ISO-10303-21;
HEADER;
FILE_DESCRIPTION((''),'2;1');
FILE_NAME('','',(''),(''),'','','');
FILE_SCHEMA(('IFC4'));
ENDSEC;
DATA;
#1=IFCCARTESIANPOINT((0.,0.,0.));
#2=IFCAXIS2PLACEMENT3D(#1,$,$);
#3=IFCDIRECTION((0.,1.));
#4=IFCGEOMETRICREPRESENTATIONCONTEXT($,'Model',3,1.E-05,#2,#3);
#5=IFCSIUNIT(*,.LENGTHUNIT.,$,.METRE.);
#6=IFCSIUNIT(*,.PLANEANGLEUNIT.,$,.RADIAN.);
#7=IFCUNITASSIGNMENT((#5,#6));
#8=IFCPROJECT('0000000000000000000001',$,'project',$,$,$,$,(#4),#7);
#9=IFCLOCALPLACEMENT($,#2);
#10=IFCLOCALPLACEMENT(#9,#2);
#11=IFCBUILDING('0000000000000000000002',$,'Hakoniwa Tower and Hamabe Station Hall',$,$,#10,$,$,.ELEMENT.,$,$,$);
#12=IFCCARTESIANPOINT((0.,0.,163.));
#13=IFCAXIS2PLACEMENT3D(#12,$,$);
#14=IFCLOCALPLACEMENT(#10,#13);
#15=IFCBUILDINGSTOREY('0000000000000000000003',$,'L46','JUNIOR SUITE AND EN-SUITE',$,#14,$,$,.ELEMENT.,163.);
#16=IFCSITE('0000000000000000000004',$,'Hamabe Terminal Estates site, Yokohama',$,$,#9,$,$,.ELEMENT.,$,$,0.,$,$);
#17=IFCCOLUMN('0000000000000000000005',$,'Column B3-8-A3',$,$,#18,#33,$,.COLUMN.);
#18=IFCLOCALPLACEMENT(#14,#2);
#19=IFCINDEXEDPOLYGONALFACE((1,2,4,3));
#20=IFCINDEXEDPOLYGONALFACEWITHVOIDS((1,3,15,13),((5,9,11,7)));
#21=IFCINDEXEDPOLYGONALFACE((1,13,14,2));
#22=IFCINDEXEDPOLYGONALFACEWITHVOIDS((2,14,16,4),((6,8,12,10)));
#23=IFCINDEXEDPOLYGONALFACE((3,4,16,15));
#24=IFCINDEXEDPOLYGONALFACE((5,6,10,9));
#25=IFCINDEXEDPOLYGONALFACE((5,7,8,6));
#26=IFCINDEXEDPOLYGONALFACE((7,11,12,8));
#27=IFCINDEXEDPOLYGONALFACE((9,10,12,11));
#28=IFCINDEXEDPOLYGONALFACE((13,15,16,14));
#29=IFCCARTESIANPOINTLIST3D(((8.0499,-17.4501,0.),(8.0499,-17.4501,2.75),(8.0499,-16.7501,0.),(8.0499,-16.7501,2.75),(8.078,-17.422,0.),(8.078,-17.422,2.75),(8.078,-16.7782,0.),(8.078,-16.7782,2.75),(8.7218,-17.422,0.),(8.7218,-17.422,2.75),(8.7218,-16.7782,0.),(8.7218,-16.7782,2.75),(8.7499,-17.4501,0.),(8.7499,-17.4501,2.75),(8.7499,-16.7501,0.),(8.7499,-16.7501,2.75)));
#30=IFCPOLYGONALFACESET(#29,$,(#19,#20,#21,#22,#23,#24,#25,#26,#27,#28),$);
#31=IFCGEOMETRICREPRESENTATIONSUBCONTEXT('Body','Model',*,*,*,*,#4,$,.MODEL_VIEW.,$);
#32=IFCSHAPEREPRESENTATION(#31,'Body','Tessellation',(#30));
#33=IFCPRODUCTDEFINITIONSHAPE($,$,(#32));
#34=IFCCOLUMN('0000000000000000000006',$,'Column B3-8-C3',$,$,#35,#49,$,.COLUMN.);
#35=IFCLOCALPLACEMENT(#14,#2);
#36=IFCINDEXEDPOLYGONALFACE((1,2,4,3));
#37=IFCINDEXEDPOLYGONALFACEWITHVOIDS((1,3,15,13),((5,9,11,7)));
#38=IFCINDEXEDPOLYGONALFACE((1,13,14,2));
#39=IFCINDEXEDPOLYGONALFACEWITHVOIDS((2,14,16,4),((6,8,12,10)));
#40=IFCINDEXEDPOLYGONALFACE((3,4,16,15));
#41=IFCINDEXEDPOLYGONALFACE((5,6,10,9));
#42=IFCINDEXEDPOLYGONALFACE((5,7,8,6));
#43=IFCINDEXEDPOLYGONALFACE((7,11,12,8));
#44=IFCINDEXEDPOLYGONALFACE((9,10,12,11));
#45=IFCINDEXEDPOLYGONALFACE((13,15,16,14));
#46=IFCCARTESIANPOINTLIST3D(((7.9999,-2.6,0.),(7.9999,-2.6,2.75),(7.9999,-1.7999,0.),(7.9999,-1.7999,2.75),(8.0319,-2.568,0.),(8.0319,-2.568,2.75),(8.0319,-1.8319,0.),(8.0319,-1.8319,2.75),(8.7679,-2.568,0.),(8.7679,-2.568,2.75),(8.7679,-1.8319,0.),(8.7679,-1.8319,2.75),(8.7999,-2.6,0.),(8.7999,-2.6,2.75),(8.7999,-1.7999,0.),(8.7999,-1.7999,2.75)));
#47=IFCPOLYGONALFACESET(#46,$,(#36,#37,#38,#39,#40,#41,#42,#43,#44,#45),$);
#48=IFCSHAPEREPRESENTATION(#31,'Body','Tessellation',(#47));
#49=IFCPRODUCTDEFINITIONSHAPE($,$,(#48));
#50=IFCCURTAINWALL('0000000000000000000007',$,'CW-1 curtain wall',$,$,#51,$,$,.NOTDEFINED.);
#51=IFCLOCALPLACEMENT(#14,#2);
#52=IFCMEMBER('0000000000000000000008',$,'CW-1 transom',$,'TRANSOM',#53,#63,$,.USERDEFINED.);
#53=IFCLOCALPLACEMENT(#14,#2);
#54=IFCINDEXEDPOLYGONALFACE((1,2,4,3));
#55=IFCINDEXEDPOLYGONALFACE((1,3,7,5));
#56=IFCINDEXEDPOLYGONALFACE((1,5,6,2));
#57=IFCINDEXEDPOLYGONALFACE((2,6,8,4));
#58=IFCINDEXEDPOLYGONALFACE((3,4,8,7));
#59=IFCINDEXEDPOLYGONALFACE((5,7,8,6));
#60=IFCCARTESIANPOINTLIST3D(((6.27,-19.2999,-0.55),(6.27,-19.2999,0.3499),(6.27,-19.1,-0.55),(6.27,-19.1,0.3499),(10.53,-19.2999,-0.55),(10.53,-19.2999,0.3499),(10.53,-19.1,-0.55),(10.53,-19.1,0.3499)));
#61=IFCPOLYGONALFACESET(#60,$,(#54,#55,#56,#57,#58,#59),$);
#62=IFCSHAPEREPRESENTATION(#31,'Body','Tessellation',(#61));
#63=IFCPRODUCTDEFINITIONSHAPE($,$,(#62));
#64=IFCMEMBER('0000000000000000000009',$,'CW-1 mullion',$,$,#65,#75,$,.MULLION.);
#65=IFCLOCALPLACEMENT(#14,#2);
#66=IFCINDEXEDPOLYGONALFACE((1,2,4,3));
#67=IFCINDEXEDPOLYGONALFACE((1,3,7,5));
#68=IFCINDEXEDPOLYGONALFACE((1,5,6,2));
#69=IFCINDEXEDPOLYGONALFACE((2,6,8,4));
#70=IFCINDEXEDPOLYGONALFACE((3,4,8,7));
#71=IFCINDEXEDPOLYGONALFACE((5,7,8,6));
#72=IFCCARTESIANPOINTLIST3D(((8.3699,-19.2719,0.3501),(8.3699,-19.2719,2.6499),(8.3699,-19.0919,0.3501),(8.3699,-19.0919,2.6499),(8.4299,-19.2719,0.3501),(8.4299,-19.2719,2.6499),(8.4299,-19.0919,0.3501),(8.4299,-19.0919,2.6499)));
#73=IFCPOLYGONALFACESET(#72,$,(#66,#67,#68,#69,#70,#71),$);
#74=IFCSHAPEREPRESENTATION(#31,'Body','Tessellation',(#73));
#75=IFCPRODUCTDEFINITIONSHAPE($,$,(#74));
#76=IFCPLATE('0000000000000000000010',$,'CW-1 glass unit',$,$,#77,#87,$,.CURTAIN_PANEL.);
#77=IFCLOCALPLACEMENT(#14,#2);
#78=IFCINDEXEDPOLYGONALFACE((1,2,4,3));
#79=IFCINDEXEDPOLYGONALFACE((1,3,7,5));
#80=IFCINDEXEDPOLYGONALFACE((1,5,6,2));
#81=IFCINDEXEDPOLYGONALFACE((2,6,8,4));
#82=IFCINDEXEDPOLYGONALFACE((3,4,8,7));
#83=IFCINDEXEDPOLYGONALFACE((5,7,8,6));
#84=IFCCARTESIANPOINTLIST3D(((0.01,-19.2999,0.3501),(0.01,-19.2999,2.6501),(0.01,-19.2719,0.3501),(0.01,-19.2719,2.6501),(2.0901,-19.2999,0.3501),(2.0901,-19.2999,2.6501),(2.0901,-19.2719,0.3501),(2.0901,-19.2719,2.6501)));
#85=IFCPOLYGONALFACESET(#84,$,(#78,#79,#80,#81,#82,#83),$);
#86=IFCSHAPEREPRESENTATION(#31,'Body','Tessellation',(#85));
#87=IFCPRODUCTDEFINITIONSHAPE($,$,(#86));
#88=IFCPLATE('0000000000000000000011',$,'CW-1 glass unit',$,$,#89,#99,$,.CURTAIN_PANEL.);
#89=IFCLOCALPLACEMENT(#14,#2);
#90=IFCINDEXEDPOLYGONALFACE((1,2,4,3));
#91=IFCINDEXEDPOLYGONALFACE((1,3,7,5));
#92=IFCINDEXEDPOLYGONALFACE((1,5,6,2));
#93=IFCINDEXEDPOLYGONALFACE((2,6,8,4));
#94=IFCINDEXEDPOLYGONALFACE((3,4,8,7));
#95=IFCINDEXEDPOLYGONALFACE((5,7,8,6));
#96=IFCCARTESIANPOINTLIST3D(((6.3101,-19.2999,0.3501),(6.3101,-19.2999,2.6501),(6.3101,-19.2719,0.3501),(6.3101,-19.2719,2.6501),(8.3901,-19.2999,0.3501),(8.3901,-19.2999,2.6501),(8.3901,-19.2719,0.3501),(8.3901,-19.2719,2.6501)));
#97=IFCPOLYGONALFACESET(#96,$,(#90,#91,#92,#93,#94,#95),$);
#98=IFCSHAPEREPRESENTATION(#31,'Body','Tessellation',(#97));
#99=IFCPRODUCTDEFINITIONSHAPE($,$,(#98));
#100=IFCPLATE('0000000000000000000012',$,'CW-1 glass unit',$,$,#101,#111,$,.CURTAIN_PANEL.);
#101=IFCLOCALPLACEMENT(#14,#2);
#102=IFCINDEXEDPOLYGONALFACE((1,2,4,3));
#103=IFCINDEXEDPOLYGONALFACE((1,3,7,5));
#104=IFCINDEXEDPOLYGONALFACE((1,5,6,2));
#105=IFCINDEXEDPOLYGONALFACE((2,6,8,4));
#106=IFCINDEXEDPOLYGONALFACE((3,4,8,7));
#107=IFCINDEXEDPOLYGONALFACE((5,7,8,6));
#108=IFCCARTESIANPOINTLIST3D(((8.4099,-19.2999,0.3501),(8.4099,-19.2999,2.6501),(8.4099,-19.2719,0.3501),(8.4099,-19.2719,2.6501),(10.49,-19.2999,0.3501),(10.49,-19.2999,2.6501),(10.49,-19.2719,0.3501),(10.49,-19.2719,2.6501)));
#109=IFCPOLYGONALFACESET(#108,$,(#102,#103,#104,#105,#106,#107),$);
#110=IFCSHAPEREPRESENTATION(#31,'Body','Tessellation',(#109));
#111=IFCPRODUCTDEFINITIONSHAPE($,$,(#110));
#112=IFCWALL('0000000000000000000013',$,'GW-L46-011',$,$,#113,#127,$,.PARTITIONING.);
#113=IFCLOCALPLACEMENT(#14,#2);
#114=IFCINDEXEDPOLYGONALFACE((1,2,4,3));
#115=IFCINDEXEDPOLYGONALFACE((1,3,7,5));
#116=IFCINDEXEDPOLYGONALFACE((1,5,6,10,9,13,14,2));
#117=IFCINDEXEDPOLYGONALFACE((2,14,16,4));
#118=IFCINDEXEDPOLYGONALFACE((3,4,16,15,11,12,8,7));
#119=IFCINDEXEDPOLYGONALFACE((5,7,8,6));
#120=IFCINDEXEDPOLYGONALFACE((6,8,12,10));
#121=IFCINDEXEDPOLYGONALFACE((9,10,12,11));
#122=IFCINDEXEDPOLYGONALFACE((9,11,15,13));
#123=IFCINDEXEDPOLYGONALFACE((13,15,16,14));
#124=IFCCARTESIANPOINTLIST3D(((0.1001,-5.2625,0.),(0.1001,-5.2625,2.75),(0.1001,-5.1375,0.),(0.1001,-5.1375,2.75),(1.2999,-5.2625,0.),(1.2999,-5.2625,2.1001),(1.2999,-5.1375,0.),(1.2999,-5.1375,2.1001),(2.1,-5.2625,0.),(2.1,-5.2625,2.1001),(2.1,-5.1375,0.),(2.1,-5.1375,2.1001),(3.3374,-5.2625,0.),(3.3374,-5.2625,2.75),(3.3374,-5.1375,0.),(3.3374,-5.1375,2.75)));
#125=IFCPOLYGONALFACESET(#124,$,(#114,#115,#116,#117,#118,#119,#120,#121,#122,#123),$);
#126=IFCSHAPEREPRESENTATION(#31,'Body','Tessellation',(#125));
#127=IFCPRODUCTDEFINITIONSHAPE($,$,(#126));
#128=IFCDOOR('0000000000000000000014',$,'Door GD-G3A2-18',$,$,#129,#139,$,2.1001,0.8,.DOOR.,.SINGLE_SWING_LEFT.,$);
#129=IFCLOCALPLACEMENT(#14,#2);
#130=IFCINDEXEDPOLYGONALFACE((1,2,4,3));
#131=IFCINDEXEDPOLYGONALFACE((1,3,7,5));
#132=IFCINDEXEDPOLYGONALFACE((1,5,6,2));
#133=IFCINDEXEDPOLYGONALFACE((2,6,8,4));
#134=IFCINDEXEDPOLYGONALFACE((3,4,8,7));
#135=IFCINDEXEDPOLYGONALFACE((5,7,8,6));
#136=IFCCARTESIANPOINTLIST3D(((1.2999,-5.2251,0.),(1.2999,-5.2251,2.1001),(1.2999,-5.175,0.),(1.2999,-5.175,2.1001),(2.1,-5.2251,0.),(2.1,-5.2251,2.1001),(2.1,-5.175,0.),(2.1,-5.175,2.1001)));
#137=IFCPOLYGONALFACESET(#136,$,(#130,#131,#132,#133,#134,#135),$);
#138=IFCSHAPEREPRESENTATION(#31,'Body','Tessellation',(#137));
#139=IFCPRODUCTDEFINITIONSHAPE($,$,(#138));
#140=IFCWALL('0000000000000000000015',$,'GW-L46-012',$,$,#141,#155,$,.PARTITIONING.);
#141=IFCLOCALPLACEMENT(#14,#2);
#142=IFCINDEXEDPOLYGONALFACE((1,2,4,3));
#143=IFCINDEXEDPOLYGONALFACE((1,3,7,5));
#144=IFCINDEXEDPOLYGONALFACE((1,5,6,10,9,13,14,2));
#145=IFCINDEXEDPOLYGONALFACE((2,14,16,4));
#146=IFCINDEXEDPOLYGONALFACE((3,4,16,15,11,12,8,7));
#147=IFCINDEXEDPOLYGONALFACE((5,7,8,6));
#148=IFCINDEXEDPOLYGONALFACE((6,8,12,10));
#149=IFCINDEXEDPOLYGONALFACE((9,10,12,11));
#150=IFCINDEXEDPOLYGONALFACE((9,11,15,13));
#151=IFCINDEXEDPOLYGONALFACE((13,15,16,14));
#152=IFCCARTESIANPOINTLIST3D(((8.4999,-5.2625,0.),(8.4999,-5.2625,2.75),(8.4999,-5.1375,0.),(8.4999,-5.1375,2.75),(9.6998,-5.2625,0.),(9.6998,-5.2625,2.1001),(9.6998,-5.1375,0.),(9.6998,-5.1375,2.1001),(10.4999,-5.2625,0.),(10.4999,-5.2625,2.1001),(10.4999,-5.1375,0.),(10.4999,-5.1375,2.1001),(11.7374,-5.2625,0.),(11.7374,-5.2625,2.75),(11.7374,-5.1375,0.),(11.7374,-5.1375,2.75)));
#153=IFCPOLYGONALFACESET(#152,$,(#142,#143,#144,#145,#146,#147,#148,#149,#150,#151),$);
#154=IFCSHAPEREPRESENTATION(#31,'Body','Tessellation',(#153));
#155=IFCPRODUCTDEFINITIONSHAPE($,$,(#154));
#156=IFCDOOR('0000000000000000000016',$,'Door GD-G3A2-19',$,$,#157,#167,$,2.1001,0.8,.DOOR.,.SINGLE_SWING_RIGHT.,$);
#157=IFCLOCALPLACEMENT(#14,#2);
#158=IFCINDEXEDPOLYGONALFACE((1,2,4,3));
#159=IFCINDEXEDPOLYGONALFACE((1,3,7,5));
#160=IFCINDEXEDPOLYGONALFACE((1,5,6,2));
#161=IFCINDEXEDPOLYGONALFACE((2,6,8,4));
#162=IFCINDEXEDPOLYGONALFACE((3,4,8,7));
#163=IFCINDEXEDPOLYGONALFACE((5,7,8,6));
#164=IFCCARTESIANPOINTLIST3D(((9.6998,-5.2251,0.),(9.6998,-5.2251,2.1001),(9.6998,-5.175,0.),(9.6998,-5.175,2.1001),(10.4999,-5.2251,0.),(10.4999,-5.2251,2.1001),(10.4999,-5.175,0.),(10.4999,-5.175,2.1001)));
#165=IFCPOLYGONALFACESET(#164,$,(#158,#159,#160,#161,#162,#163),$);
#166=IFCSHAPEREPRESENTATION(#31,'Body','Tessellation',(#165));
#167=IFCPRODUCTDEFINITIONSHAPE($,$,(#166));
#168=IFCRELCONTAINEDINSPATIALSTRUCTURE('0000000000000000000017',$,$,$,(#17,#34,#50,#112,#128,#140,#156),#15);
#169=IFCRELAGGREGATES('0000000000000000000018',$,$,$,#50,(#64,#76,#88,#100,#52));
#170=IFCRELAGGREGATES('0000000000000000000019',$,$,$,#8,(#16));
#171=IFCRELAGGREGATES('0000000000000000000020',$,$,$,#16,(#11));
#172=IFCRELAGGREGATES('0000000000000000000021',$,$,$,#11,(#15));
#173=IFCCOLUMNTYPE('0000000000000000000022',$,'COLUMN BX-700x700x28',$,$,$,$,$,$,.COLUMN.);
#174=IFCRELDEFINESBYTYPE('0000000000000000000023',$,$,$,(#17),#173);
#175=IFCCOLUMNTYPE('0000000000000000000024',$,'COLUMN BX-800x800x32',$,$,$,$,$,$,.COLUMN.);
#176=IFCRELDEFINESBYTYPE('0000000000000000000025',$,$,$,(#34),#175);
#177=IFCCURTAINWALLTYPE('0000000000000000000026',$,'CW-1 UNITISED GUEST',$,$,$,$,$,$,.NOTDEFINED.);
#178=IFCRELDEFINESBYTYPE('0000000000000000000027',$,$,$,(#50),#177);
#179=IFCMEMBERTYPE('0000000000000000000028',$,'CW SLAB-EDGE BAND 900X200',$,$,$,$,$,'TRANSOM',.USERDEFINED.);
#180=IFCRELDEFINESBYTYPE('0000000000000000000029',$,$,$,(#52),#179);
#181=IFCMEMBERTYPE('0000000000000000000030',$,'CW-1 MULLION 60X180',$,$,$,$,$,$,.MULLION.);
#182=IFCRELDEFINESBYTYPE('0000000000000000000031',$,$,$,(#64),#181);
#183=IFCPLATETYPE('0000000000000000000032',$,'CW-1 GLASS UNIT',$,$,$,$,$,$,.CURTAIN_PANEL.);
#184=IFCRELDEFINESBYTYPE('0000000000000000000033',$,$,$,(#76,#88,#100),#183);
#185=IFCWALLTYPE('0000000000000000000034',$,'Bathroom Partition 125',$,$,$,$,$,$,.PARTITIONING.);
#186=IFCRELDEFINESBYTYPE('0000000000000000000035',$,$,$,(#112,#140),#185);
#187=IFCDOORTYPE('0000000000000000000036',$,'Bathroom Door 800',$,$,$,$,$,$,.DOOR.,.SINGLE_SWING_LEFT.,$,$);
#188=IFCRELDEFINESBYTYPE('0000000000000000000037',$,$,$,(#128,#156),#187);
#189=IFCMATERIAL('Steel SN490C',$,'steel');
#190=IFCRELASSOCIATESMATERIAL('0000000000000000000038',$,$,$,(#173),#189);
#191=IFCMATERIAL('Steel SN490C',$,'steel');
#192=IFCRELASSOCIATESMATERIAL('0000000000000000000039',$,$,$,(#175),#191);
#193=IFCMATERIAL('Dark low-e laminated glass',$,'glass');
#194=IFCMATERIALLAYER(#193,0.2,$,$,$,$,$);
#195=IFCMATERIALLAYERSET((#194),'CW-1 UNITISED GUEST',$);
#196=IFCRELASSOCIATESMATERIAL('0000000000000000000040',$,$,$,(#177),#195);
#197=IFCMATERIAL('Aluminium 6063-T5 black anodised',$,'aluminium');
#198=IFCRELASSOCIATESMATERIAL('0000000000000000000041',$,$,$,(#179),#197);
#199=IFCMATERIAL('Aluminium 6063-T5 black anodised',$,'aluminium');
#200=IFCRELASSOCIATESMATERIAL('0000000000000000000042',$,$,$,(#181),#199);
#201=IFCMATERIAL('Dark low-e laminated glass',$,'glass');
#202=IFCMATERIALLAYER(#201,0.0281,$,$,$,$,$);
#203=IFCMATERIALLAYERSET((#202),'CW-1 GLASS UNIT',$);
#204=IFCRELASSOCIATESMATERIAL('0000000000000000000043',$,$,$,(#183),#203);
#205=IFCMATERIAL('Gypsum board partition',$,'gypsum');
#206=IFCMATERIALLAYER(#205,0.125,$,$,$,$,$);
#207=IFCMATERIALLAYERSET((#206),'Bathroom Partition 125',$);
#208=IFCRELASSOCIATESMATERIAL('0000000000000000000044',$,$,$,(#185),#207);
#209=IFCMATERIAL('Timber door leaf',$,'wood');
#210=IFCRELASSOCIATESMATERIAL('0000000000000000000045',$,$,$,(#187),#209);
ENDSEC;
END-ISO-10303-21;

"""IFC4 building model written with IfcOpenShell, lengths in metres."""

from ifc_helpers import new_model, si_unit, direction, frame, frame_2d, origin, origin_2d, place, context, subcontext, project, spatial, rectangle, hollow_rectangle, extrude, material, layer, layer_set, material_profile, profile_set, type_object, element, fill, aggregate, save


model = new_model("IFC4")

# Units and contexts
model_context = context("Model", 3, precision=1e-05, world=origin(), true_north=direction((0.0, 1.0)))
body_context = subcontext(model_context, "Body", "Model", "MODEL_VIEW")
ifc_project = project(units=[si_unit("LENGTHUNIT", "METRE"), si_unit("PLANEANGLEUNIT", "RADIAN")], contexts=[model_context])

# Site, building, storey
site_placement = place(None, origin())
site = spatial("IfcSite", under=ifc_project, at=site_placement, Name="Hamabe Terminal Estates site, Yokohama", CompositionType="ELEMENT", RefElevation=0.0)
building_placement = place(site_placement, origin())
building = spatial("IfcBuilding", under=site, at=building_placement, Name="Hakoniwa Tower and Hamabe Station Hall", CompositionType="ELEMENT")
storey_placement = place(building_placement, frame((0.0, 0.0, 163.0)))
storey = spatial("IfcBuildingStorey", under=building, at=storey_placement, Name="L46", Description="JUNIOR SUITE AND EN-SUITE", CompositionType="ELEMENT", Elevation=163.0)

# Columns
ifc_material_1 = material(Name="Steel SN490C", Category="steel")
ifc_material_profile_1 = material_profile(ifc_material_1, hollow_rectangle(XDim=0.7, YDim=0.7, WallThickness=0.0281, at=origin_2d()), Name="BX-700x700x28")
ifc_profile_set_1 = profile_set([ifc_material_profile_1], Name="Steel SN490C")
column_type_1 = type_object("IfcColumnType", Name="COLUMN BX-700x700x28", PredefinedType="COLUMN", material=ifc_profile_set_1)
column_1_placement = place(storey_placement, frame((8.3999, -17.1001, 0.0), z_axis=(0.0, 0.0, 1.0), x_axis=(1.0, 0.0, 0.0)))
element("IfcColumn", 1, at=column_1_placement, inside=storey, type_object=column_type_1, Name="Column B3-8-A3", PredefinedType="COLUMN", context=body_context, shape_type="SweptSolid", body=[
    extrude(hollow_rectangle(XDim=0.7, YDim=0.7, WallThickness=0.0281, at=origin_2d()), origin(), (0.0, 0.0, 1.0), 2.75),
])
ifc_material_2 = material(Name="Steel SN490C", Category="steel")
ifc_material_profile_2 = material_profile(ifc_material_2, hollow_rectangle(XDim=0.8, YDim=0.8, WallThickness=0.032, at=origin_2d()), Name="BX-800x800x32")
ifc_profile_set_2 = profile_set([ifc_material_profile_2], Name="Steel SN490C")
column_type_2 = type_object("IfcColumnType", Name="COLUMN BX-800x800x32", PredefinedType="COLUMN", material=ifc_profile_set_2)
column_2_placement = place(storey_placement, frame((8.3999, -2.2, 0.0), z_axis=(0.0, 0.0, 1.0), x_axis=(1.0, 0.0, 0.0)))
element("IfcColumn", 2, at=column_2_placement, inside=storey, type_object=column_type_2, Name="Column B3-8-C3", PredefinedType="COLUMN", context=body_context, shape_type="SweptSolid", body=[
    extrude(hollow_rectangle(XDim=0.8, YDim=0.8, WallThickness=0.032, at=origin_2d()), origin(), (0.0, 0.0, 1.0), 2.75),
])

# Curtain wall, members, plates
ifc_material_3 = material(Name="Dark low-e laminated glass", Category="glass")
ifc_layer_1 = layer(ifc_material_3, 0.2)
ifc_layer_set_1 = layer_set([ifc_layer_1], Name="CW-1 UNITISED GUEST")
curtain_wall_type = type_object("IfcCurtainWallType", Name="CW-1 UNITISED GUEST", PredefinedType="NOTDEFINED", material=ifc_layer_set_1)
curtain_wall_placement = place(storey_placement, origin())
curtain_wall = element("IfcCurtainWall", 3, at=curtain_wall_placement, inside=storey, type_object=curtain_wall_type, Name="CW-1 curtain wall", PredefinedType="NOTDEFINED")
ifc_material_4 = material(Name="Aluminium 6063-T5 black anodised", Category="aluminium")
ifc_material_profile_3 = material_profile(ifc_material_4, rectangle(XDim=0.2, YDim=0.8999, at=origin_2d()), Name="CW SLAB-EDGE BAND 900X200")
ifc_profile_set_3 = profile_set([ifc_material_profile_3], Name="Aluminium 6063-T5 black anodised")
member_type_1 = type_object("IfcMemberType", Name="CW SLAB-EDGE BAND 900X200", ElementType="TRANSOM", PredefinedType="USERDEFINED", material=ifc_profile_set_3)
member_1_placement = place(storey_placement, frame((6.27, -19.2, -0.1001), z_axis=(1.0, 0.0, 0.0), x_axis=(0.0, 1.0, 0.0)))
member_1 = element("IfcMember", 4, at=member_1_placement, type_object=member_type_1, Name="CW-1 transom", ObjectType="TRANSOM", PredefinedType="USERDEFINED", context=body_context, shape_type="SweptSolid", body=[
    extrude(rectangle(XDim=0.2, YDim=0.8999, at=origin_2d()), origin(), (0.0, 0.0, 1.0), 4.26),
])
ifc_material_5 = material(Name="Aluminium 6063-T5 black anodised", Category="aluminium")
ifc_material_profile_4 = material_profile(ifc_material_5, rectangle(XDim=0.0601, YDim=0.1799, at=origin_2d()), Name="CW-1 MULLION 60X180")
ifc_profile_set_4 = profile_set([ifc_material_profile_4], Name="Aluminium 6063-T5 black anodised")
member_type_2 = type_object("IfcMemberType", Name="CW-1 MULLION 60X180", PredefinedType="MULLION", material=ifc_profile_set_4)
member_2_placement = place(storey_placement, frame((8.3999, -19.1819, 0.3501), z_axis=(0.0, 0.0, 1.0), x_axis=(1.0, 0.0, 0.0)))
member_2 = element("IfcMember", 5, at=member_2_placement, type_object=member_type_2, Name="CW-1 mullion", PredefinedType="MULLION", context=body_context, shape_type="SweptSolid", body=[
    extrude(rectangle(XDim=0.0601, YDim=0.1799, at=origin_2d()), origin(), (0.0, 0.0, 1.0), 2.2998),
])
ifc_material_6 = material(Name="Dark low-e laminated glass", Category="glass")
ifc_layer_2 = layer(ifc_material_6, 0.0281)
ifc_layer_set_2 = layer_set([ifc_layer_2], Name="CW-1 GLASS UNIT")
plate_type = type_object("IfcPlateType", Name="CW-1 GLASS UNIT", PredefinedType="CURTAIN_PANEL", material=ifc_layer_set_2)
plate_1_placement = place(storey_placement, frame((1.05, -19.2859, 0.3501), z_axis=(0.0, 0.0, 1.0), x_axis=(1.0, 0.0, 0.0)))
plate_1 = element("IfcPlate", 6, at=plate_1_placement, type_object=plate_type, Name="CW-1 glass unit", PredefinedType="CURTAIN_PANEL", context=body_context, shape_type="SweptSolid", body=[
    extrude(rectangle(XDim=2.0801, YDim=0.0281, at=origin_2d()), origin(), (0.0, 0.0, 1.0), 2.3),
])
plate_2_placement = place(storey_placement, frame((7.3501, -19.2859, 0.3501), z_axis=(0.0, 0.0, 1.0), x_axis=(1.0, 0.0, 0.0)))
plate_2 = element("IfcPlate", 7, at=plate_2_placement, type_object=plate_type, Name="CW-1 glass unit", PredefinedType="CURTAIN_PANEL", context=body_context, shape_type="SweptSolid", body=[
    extrude(rectangle(XDim=2.0801, YDim=0.0281, at=origin_2d()), origin(), (0.0, 0.0, 1.0), 2.3),
])
plate_3_placement = place(storey_placement, frame((9.45, -19.2859, 0.3501), z_axis=(0.0, 0.0, 1.0), x_axis=(1.0, 0.0, 0.0)))
plate_3 = element("IfcPlate", 8, at=plate_3_placement, type_object=plate_type, Name="CW-1 glass unit", PredefinedType="CURTAIN_PANEL", context=body_context, shape_type="SweptSolid", body=[
    extrude(rectangle(XDim=2.0801, YDim=0.0281, at=origin_2d()), origin(), (0.0, 0.0, 1.0), 2.3),
])

# Walls, openings, doors
ifc_material_7 = material(Name="Gypsum board partition", Category="gypsum")
ifc_layer_3 = layer(ifc_material_7, 0.125)
ifc_layer_set_3 = layer_set([ifc_layer_3], Name="Bathroom Partition 125")
wall_type_1 = type_object("IfcWallType", Name="Bathroom Partition 125", PredefinedType="PARTITIONING", material=ifc_layer_set_3)
wall_1_placement = place(storey_placement, frame((0.1001, -5.2, 0.0), z_axis=(0.0, 0.0, 1.0), x_axis=(1.0, 0.0, 0.0)))
wall_1 = element("IfcWall", 9, at=wall_1_placement, inside=storey, type_object=wall_type_1, Name="GW-L46-011", PredefinedType="PARTITIONING", context=body_context, shape_type="SweptSolid", body=[
    extrude(rectangle(XDim=3.2373, YDim=0.125, at=frame_2d((1.6187, 0.0))), origin(), (0.0, 0.0, 1.0), 2.75),
])
opening_1_placement = place(wall_1_placement, frame((1.2, 0.0, 0.0)))
opening_1 = element("IfcOpeningElement", 10, at=opening_1_placement, cuts=wall_1, PredefinedType="OPENING", context=body_context, shape_type="SweptSolid", body=[
    extrude(rectangle(XDim=0.8, YDim=2.1001, at=frame_2d((0.3999, 1.05))), frame((0.0, 0.0725, 0.0), z_axis=(0.0, -1.0, 0.0), x_axis=(1.0, 0.0, 0.0)), (0.0, 0.0, 1.0), 0.145),
])
ifc_material_8 = material(Name="Timber door leaf", Category="wood")
door_type_1 = type_object("IfcDoorType", Name="Bathroom Door 800", OperationType="SINGLE_SWING_LEFT", PredefinedType="DOOR", material=ifc_material_8)
door_1_placement = place(opening_1_placement, origin())
door_1 = element("IfcDoor", 11, at=door_1_placement, inside=storey, type_object=door_type_1, Name="Door GD-G3A2-18", OperationType="SINGLE_SWING_LEFT", OverallHeight=2.1001, OverallWidth=0.8, PredefinedType="DOOR", context=body_context, shape_type="SweptSolid", body=[
    extrude(rectangle(XDim=0.8, YDim=2.1001, at=frame_2d((0.3999, 1.05))), frame((0.0, 0.0249, 0.0), z_axis=(0.0, -1.0, 0.0), x_axis=(1.0, 0.0, 0.0)), (0.0, 0.0, 1.0), 0.05),
])
fill(opening_1, door_1)
wall_2_placement = place(storey_placement, frame((8.5, -5.2, 0.0), z_axis=(0.0, 0.0, 1.0), x_axis=(1.0, 0.0, 0.0)))
wall_2 = element("IfcWall", 12, at=wall_2_placement, inside=storey, type_object=wall_type_1, Name="GW-L46-012", PredefinedType="PARTITIONING", context=body_context, shape_type="SweptSolid", body=[
    extrude(rectangle(XDim=3.2375, YDim=0.125, at=frame_2d((1.6187, 0.0))), origin(), (0.0, 0.0, 1.0), 2.75),
])
opening_2_placement = place(wall_2_placement, frame((1.2, 0.0, 0.0)))
opening_2 = element("IfcOpeningElement", 13, at=opening_2_placement, cuts=wall_2, PredefinedType="OPENING", context=body_context, shape_type="SweptSolid", body=[
    extrude(rectangle(XDim=0.8, YDim=2.1001, at=frame_2d((0.3999, 1.05))), frame((0.0, 0.0725, 0.0), z_axis=(0.0, -1.0, 0.0), x_axis=(1.0, 0.0, 0.0)), (0.0, 0.0, 1.0), 0.145),
])
door_2_placement = place(opening_2_placement, origin())
door_2 = element("IfcDoor", 14, at=door_2_placement, inside=storey, type_object=door_type_1, Name="Door GD-G3A2-19", OperationType="SINGLE_SWING_RIGHT", OverallHeight=2.1001, OverallWidth=0.8, PredefinedType="DOOR", context=body_context, shape_type="SweptSolid", body=[
    extrude(rectangle(XDim=0.8, YDim=2.1001, at=frame_2d((0.3999, 1.05))), frame((0.0, 0.0249, 0.0), z_axis=(0.0, -1.0, 0.0), x_axis=(1.0, 0.0, 0.0)), (0.0, 0.0, 1.0), 0.05),
])
fill(opening_2, door_2)

aggregate(curtain_wall, [member_2, plate_1, plate_2, plate_3, member_1])

save(model, "model.ifc")
